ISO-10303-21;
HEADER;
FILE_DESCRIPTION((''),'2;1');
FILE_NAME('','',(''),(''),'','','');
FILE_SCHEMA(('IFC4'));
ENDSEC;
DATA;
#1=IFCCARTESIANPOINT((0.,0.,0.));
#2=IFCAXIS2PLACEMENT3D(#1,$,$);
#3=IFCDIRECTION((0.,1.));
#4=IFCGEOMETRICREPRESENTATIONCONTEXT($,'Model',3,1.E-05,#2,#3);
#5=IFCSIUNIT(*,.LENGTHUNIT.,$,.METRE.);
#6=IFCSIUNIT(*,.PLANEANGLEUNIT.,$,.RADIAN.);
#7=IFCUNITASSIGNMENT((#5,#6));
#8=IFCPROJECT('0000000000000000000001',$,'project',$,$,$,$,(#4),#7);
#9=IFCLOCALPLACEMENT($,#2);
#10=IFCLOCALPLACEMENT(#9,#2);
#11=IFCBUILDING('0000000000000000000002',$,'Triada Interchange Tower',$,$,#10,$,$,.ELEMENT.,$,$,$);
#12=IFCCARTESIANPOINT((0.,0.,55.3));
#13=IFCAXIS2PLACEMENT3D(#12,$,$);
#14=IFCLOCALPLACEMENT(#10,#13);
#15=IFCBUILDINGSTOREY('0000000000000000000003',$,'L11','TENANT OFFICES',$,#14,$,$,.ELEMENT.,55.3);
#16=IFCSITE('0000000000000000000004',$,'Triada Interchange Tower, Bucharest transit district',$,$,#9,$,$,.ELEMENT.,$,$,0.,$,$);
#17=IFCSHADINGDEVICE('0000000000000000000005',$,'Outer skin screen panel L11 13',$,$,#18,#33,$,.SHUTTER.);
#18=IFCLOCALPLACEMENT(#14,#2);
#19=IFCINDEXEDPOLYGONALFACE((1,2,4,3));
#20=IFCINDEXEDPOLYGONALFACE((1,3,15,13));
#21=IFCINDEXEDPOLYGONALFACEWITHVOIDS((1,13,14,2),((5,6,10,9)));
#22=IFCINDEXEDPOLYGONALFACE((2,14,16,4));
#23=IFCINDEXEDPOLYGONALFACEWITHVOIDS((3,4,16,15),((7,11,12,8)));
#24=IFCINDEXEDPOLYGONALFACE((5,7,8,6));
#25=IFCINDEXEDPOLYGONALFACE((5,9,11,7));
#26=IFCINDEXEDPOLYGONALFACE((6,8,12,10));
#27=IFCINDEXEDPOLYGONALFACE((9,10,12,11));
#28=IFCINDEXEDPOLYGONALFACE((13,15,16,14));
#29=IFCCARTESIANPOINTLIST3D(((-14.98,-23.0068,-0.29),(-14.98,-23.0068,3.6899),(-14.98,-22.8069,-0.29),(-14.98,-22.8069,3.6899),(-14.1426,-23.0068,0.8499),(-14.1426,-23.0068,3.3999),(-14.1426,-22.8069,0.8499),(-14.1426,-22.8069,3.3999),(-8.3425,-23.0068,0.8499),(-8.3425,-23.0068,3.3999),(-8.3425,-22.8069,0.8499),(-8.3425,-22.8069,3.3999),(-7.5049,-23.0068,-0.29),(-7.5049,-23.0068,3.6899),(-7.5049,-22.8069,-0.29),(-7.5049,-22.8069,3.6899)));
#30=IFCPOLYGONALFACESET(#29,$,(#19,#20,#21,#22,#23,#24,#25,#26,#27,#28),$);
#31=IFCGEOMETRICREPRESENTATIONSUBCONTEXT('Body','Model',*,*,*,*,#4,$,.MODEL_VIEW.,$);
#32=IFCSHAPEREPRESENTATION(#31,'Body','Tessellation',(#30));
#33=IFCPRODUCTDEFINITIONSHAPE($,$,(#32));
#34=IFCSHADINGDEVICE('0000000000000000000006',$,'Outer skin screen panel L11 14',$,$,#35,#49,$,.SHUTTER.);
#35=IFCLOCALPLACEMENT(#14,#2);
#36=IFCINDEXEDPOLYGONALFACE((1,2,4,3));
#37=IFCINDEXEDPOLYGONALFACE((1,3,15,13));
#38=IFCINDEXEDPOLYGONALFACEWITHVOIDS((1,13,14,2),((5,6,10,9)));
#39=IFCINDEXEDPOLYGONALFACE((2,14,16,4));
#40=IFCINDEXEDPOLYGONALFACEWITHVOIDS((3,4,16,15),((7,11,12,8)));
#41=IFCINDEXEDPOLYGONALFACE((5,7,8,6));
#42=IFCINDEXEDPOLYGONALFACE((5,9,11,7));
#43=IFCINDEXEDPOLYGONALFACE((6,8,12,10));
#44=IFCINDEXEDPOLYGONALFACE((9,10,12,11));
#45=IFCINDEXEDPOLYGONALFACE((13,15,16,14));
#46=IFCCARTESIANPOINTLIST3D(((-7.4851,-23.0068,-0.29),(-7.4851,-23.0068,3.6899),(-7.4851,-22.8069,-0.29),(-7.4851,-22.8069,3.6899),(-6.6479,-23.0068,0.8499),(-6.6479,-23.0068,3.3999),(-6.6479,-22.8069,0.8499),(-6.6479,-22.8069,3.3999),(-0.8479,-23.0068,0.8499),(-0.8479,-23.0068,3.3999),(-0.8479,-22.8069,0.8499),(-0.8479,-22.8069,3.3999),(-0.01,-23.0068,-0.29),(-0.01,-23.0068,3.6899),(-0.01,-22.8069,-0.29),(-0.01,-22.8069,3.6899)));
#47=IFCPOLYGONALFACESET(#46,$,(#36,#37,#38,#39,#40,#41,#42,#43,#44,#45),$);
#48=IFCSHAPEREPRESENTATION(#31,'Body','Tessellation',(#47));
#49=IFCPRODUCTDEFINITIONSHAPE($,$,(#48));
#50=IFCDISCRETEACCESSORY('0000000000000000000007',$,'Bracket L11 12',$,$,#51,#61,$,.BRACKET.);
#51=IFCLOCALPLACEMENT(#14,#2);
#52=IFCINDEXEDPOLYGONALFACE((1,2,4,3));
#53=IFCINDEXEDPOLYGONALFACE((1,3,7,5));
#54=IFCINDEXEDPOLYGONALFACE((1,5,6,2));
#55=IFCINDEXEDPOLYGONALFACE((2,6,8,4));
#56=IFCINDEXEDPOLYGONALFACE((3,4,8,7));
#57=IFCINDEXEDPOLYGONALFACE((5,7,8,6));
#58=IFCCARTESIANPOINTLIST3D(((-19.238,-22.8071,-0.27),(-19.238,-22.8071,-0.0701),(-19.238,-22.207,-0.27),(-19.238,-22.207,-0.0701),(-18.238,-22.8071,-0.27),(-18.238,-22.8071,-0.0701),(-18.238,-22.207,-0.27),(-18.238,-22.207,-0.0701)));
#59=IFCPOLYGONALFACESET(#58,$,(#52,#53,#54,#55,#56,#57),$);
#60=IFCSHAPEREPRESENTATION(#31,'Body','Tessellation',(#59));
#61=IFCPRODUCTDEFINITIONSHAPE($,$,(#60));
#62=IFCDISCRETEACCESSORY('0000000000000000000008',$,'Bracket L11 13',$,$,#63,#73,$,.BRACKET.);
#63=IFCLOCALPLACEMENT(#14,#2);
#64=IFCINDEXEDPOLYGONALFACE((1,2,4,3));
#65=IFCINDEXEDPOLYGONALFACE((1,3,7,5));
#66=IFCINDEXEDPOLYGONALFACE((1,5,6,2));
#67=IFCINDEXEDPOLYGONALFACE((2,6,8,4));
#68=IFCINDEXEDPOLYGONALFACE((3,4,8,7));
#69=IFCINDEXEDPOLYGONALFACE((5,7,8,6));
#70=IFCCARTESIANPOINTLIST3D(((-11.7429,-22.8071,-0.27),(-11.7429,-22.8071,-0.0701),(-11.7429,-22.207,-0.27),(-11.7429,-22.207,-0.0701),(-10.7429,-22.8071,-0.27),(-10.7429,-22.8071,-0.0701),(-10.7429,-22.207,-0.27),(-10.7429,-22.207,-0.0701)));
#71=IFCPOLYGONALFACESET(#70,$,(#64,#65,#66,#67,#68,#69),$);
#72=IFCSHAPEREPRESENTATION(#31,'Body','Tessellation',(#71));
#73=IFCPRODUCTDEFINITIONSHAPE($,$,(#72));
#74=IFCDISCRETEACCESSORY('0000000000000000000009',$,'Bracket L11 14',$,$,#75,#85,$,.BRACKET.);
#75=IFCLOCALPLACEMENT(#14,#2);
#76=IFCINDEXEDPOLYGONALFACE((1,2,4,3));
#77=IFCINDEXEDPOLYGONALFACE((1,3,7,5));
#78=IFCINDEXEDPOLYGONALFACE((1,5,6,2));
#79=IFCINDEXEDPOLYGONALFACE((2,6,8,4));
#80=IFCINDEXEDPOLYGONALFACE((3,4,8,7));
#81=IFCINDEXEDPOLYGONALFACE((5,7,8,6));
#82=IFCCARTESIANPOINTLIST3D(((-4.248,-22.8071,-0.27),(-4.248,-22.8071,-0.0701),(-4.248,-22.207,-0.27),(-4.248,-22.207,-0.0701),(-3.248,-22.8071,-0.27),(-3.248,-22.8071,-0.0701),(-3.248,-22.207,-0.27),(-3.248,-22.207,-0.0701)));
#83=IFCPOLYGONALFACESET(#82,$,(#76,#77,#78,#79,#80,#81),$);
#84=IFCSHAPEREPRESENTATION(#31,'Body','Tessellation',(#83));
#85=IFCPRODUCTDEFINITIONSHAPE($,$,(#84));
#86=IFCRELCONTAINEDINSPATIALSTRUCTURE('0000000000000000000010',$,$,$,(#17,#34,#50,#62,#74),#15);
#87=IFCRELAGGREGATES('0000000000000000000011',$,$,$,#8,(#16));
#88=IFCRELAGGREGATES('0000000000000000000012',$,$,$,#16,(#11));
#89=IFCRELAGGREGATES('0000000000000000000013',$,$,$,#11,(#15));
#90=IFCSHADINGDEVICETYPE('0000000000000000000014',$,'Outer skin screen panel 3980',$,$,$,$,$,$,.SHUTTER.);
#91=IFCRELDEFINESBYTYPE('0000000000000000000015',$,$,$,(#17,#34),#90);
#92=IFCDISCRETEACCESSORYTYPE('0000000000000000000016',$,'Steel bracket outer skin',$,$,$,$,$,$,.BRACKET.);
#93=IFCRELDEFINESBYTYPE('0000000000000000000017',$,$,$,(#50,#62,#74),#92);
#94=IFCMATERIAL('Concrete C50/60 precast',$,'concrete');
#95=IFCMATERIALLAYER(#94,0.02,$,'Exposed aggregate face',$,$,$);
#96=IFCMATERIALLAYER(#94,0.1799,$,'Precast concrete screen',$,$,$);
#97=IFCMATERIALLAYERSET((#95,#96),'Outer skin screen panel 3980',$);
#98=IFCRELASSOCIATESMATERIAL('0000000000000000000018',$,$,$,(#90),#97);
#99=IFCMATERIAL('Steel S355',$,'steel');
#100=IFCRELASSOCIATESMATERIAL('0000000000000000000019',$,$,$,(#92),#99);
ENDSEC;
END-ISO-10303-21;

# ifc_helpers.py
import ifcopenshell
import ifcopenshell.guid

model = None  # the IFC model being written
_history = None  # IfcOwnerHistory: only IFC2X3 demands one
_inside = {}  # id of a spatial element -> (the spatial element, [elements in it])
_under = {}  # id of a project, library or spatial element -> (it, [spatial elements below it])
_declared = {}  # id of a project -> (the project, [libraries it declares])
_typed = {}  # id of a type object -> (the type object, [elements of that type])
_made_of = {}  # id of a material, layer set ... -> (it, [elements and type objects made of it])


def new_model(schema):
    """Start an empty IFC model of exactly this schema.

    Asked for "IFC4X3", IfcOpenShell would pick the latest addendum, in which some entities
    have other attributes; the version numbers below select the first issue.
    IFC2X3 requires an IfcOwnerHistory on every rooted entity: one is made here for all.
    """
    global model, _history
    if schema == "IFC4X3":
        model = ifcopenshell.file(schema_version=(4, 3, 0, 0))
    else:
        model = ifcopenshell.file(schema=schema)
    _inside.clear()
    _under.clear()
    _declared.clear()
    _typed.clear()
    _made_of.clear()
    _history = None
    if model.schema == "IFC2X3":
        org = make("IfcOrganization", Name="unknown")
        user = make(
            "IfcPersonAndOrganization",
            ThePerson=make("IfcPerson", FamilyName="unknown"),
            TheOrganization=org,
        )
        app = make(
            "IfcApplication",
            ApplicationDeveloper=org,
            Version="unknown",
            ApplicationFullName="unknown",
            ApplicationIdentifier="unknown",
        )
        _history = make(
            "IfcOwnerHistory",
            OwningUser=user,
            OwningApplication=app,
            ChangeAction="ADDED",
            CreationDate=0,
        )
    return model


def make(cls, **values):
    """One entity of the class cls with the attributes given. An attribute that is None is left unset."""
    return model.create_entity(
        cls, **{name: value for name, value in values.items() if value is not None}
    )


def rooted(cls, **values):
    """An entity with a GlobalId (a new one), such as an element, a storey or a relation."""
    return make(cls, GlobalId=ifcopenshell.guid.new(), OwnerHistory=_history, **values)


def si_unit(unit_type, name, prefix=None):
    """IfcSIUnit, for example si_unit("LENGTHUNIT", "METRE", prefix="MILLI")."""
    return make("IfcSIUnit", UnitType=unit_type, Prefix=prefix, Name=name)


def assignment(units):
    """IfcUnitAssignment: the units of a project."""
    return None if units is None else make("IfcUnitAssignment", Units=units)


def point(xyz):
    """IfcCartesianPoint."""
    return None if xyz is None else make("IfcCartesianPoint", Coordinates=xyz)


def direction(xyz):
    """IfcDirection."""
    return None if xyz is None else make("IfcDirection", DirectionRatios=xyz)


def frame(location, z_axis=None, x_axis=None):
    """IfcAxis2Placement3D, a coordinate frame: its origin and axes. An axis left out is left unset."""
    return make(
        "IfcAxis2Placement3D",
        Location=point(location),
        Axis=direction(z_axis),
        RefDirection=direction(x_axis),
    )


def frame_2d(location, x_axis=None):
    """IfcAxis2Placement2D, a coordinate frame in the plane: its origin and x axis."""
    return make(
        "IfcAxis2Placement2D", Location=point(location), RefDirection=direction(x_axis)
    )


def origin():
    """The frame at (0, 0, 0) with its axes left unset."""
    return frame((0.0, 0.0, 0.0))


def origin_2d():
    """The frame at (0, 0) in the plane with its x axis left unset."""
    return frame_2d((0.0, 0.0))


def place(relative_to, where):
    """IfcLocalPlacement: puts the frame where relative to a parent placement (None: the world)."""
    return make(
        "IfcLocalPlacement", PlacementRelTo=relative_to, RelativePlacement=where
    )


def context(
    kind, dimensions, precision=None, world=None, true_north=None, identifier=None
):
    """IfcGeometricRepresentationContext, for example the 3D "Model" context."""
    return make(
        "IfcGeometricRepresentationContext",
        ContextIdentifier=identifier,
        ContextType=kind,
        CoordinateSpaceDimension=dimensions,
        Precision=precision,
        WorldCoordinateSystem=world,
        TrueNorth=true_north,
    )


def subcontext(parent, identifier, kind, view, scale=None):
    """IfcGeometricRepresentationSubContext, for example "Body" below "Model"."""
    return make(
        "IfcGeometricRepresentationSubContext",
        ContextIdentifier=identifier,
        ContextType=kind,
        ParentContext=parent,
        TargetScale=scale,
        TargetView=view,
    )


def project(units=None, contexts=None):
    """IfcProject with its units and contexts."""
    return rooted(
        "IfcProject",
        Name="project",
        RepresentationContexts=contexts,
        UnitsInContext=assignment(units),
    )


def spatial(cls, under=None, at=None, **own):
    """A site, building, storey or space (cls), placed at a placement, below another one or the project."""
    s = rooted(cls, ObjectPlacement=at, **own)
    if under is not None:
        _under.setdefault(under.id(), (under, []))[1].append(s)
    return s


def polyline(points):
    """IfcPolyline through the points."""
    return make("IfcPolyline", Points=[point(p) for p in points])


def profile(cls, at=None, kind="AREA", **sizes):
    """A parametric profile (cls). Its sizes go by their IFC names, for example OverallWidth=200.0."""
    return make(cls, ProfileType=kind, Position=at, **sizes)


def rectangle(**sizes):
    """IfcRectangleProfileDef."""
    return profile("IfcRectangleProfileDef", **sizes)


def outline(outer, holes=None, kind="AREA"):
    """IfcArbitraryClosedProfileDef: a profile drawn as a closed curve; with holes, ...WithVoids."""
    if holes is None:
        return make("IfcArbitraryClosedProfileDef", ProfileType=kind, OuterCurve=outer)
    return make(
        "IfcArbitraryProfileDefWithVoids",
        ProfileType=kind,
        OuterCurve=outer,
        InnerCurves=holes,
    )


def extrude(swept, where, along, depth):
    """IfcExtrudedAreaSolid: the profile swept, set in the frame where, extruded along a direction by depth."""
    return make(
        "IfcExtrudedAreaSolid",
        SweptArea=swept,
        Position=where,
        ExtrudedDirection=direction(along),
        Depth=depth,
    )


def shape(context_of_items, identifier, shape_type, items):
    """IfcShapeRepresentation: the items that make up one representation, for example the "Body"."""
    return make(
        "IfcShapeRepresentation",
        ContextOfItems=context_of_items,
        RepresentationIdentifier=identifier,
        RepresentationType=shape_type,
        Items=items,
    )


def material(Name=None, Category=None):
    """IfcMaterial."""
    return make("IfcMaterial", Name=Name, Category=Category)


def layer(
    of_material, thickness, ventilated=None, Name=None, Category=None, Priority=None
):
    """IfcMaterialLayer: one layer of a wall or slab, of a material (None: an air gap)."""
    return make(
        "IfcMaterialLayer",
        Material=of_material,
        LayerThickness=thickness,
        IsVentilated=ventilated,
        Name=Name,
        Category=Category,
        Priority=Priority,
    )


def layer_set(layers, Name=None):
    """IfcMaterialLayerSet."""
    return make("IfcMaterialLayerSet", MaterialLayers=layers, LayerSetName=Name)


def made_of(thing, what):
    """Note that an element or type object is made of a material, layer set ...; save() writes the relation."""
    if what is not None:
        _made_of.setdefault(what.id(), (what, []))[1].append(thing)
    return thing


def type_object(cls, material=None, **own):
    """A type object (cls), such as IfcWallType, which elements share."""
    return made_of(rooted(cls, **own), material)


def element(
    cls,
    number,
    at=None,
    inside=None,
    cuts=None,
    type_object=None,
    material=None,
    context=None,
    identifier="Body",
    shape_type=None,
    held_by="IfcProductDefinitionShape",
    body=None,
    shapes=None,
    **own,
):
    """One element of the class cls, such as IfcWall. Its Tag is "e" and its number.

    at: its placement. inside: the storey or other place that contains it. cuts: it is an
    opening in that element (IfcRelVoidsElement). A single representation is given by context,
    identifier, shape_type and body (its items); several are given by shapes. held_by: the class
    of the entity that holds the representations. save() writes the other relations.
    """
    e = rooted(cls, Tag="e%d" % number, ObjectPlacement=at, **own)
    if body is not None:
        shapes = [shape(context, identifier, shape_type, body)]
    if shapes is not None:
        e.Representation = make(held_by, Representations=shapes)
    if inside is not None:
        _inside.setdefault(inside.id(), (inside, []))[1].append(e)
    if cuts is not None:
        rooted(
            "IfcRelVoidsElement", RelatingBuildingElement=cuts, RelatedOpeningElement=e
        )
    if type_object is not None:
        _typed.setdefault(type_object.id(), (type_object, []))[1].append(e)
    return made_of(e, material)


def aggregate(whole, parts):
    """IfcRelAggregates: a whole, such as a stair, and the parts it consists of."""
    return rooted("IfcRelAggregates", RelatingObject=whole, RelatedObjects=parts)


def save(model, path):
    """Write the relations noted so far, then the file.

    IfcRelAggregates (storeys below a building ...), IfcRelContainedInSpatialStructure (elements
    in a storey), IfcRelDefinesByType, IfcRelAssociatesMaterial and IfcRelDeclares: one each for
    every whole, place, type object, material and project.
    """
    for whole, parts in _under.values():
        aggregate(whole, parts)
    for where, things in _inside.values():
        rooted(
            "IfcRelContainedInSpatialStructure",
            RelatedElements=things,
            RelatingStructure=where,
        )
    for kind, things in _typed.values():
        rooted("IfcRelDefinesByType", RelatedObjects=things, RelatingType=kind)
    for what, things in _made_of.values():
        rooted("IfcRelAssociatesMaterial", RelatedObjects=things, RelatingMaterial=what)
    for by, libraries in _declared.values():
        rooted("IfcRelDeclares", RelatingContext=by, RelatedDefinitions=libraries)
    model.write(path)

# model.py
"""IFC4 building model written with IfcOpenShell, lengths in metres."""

from ifc_helpers import new_model, si_unit, direction, frame, origin, origin_2d, place, context, subcontext, project, spatial, polyline, rectangle, outline, extrude, material, layer, layer_set, type_object, element, save


model = new_model("IFC4")

# Units and contexts
model_context = context("Model", 3, precision=1e-05, world=origin(), true_north=direction((0.0, 1.0)))
body_context = subcontext(model_context, "Body", "Model", "MODEL_VIEW")
ifc_project = project(units=[si_unit("LENGTHUNIT", "METRE"), si_unit("PLANEANGLEUNIT", "RADIAN")], contexts=[model_context])

# Site, building, storey
site_placement = place(None, origin())
site = spatial("IfcSite", under=ifc_project, at=site_placement, Name="Triada Interchange Tower, Bucharest transit district", CompositionType="ELEMENT", RefElevation=0.0)
building_placement = place(site_placement, origin())
building = spatial("IfcBuilding", under=site, at=building_placement, Name="Triada Interchange Tower", CompositionType="ELEMENT")
storey_placement = place(building_placement, frame((0.0, 0.0, 55.3)))
storey = spatial("IfcBuildingStorey", under=building, at=storey_placement, Name="L11", Description="TENANT OFFICES", CompositionType="ELEMENT", Elevation=55.3)

# Shading devices
ifc_material_1 = material(Name="Concrete C50/60 precast", Category="concrete")
ifc_layer_1 = layer(ifc_material_1, 0.02, Name="Exposed aggregate face")
ifc_layer_2 = layer(ifc_material_1, 0.1799, Name="Precast concrete screen")
ifc_layer_set_1 = layer_set([ifc_layer_1, ifc_layer_2], Name="Outer skin screen panel 3980")
shading_device_type = type_object("IfcShadingDeviceType", Name="Outer skin screen panel 3980", PredefinedType="SHUTTER", material=ifc_layer_set_1)
shading_device_1_placement = place(storey_placement, frame((-14.98, -22.8069, -0.29), z_axis=(0.0, 0.0, 1.0), x_axis=(1.0, 0.0, 0.0)))
element("IfcShadingDevice", 1, at=shading_device_1_placement, inside=storey, type_object=shading_device_type, Name="Outer skin screen panel L11 13", PredefinedType="SHUTTER", context=body_context, shape_type="SweptSolid", body=[
    extrude(outline(polyline([(0.0, 0.0), (7.4751, 0.0), (7.4751, 3.98), (0.0, 3.98), (0.0, 0.0)]), holes=[polyline([(0.8374, 1.1399), (0.8374, 3.6899), (6.6375, 3.6899), (6.6375, 1.1399), (0.8374, 1.1399)])]), frame((0.0, 0.0, 0.0), z_axis=(0.0, -1.0, 0.0), x_axis=(1.0, 0.0, 0.0)), (0.0, 0.0, 1.0), 0.2),
])
shading_device_2_placement = place(storey_placement, frame((-7.4851, -22.8069, -0.29), z_axis=(0.0, 0.0, 1.0), x_axis=(1.0, 0.0, 0.0)))
element("IfcShadingDevice", 2, at=shading_device_2_placement, inside=storey, type_object=shading_device_type, Name="Outer skin screen panel L11 14", PredefinedType="SHUTTER", context=body_context, shape_type="SweptSolid", body=[
    extrude(outline(polyline([(0.0, 0.0), (7.4751, 0.0), (7.4751, 3.98), (0.0, 3.98), (0.0, 0.0)]), holes=[polyline([(0.8372, 1.1399), (0.8372, 3.6899), (6.6372, 3.6899), (6.6372, 1.1399), (0.8372, 1.1399)])]), frame((0.0, 0.0, 0.0), z_axis=(0.0, -1.0, 0.0), x_axis=(1.0, 0.0, 0.0)), (0.0, 0.0, 1.0), 0.2),
])

# Discrete accessories
ifc_material_2 = material(Name="Steel S355", Category="steel")
discrete_accessory_type = type_object("IfcDiscreteAccessoryType", Name="Steel bracket outer skin", PredefinedType="BRACKET", material=ifc_material_2)
for number, where, z_axis, x_axis, name in (
    (3, (-18.738, -22.5071, -0.27), (0.0, 0.0, 1.0), (0.0, -1.0, 0.0), "Bracket L11 12"),
    (4, (-11.2429, -22.5071, -0.27), (0.0, 0.0, 1.0), (0.0, -1.0, 0.0), "Bracket L11 13"),
    (5, (-3.748, -22.5071, -0.27), (0.0, 0.0, 1.0), (0.0, -1.0, 0.0), "Bracket L11 14"),
):
    element("IfcDiscreteAccessory", number, at=place(storey_placement, frame(where, z_axis=z_axis, x_axis=x_axis)), inside=storey, type_object=discrete_accessory_type, Name=name, PredefinedType="BRACKET", context=body_context, shape_type="SweptSolid", body=[
        extrude(rectangle(XDim=0.6001, YDim=1.0, at=origin_2d()), origin(), (0.0, 0.0, 1.0), 0.2),
    ])

save(model, "model.ifc")
